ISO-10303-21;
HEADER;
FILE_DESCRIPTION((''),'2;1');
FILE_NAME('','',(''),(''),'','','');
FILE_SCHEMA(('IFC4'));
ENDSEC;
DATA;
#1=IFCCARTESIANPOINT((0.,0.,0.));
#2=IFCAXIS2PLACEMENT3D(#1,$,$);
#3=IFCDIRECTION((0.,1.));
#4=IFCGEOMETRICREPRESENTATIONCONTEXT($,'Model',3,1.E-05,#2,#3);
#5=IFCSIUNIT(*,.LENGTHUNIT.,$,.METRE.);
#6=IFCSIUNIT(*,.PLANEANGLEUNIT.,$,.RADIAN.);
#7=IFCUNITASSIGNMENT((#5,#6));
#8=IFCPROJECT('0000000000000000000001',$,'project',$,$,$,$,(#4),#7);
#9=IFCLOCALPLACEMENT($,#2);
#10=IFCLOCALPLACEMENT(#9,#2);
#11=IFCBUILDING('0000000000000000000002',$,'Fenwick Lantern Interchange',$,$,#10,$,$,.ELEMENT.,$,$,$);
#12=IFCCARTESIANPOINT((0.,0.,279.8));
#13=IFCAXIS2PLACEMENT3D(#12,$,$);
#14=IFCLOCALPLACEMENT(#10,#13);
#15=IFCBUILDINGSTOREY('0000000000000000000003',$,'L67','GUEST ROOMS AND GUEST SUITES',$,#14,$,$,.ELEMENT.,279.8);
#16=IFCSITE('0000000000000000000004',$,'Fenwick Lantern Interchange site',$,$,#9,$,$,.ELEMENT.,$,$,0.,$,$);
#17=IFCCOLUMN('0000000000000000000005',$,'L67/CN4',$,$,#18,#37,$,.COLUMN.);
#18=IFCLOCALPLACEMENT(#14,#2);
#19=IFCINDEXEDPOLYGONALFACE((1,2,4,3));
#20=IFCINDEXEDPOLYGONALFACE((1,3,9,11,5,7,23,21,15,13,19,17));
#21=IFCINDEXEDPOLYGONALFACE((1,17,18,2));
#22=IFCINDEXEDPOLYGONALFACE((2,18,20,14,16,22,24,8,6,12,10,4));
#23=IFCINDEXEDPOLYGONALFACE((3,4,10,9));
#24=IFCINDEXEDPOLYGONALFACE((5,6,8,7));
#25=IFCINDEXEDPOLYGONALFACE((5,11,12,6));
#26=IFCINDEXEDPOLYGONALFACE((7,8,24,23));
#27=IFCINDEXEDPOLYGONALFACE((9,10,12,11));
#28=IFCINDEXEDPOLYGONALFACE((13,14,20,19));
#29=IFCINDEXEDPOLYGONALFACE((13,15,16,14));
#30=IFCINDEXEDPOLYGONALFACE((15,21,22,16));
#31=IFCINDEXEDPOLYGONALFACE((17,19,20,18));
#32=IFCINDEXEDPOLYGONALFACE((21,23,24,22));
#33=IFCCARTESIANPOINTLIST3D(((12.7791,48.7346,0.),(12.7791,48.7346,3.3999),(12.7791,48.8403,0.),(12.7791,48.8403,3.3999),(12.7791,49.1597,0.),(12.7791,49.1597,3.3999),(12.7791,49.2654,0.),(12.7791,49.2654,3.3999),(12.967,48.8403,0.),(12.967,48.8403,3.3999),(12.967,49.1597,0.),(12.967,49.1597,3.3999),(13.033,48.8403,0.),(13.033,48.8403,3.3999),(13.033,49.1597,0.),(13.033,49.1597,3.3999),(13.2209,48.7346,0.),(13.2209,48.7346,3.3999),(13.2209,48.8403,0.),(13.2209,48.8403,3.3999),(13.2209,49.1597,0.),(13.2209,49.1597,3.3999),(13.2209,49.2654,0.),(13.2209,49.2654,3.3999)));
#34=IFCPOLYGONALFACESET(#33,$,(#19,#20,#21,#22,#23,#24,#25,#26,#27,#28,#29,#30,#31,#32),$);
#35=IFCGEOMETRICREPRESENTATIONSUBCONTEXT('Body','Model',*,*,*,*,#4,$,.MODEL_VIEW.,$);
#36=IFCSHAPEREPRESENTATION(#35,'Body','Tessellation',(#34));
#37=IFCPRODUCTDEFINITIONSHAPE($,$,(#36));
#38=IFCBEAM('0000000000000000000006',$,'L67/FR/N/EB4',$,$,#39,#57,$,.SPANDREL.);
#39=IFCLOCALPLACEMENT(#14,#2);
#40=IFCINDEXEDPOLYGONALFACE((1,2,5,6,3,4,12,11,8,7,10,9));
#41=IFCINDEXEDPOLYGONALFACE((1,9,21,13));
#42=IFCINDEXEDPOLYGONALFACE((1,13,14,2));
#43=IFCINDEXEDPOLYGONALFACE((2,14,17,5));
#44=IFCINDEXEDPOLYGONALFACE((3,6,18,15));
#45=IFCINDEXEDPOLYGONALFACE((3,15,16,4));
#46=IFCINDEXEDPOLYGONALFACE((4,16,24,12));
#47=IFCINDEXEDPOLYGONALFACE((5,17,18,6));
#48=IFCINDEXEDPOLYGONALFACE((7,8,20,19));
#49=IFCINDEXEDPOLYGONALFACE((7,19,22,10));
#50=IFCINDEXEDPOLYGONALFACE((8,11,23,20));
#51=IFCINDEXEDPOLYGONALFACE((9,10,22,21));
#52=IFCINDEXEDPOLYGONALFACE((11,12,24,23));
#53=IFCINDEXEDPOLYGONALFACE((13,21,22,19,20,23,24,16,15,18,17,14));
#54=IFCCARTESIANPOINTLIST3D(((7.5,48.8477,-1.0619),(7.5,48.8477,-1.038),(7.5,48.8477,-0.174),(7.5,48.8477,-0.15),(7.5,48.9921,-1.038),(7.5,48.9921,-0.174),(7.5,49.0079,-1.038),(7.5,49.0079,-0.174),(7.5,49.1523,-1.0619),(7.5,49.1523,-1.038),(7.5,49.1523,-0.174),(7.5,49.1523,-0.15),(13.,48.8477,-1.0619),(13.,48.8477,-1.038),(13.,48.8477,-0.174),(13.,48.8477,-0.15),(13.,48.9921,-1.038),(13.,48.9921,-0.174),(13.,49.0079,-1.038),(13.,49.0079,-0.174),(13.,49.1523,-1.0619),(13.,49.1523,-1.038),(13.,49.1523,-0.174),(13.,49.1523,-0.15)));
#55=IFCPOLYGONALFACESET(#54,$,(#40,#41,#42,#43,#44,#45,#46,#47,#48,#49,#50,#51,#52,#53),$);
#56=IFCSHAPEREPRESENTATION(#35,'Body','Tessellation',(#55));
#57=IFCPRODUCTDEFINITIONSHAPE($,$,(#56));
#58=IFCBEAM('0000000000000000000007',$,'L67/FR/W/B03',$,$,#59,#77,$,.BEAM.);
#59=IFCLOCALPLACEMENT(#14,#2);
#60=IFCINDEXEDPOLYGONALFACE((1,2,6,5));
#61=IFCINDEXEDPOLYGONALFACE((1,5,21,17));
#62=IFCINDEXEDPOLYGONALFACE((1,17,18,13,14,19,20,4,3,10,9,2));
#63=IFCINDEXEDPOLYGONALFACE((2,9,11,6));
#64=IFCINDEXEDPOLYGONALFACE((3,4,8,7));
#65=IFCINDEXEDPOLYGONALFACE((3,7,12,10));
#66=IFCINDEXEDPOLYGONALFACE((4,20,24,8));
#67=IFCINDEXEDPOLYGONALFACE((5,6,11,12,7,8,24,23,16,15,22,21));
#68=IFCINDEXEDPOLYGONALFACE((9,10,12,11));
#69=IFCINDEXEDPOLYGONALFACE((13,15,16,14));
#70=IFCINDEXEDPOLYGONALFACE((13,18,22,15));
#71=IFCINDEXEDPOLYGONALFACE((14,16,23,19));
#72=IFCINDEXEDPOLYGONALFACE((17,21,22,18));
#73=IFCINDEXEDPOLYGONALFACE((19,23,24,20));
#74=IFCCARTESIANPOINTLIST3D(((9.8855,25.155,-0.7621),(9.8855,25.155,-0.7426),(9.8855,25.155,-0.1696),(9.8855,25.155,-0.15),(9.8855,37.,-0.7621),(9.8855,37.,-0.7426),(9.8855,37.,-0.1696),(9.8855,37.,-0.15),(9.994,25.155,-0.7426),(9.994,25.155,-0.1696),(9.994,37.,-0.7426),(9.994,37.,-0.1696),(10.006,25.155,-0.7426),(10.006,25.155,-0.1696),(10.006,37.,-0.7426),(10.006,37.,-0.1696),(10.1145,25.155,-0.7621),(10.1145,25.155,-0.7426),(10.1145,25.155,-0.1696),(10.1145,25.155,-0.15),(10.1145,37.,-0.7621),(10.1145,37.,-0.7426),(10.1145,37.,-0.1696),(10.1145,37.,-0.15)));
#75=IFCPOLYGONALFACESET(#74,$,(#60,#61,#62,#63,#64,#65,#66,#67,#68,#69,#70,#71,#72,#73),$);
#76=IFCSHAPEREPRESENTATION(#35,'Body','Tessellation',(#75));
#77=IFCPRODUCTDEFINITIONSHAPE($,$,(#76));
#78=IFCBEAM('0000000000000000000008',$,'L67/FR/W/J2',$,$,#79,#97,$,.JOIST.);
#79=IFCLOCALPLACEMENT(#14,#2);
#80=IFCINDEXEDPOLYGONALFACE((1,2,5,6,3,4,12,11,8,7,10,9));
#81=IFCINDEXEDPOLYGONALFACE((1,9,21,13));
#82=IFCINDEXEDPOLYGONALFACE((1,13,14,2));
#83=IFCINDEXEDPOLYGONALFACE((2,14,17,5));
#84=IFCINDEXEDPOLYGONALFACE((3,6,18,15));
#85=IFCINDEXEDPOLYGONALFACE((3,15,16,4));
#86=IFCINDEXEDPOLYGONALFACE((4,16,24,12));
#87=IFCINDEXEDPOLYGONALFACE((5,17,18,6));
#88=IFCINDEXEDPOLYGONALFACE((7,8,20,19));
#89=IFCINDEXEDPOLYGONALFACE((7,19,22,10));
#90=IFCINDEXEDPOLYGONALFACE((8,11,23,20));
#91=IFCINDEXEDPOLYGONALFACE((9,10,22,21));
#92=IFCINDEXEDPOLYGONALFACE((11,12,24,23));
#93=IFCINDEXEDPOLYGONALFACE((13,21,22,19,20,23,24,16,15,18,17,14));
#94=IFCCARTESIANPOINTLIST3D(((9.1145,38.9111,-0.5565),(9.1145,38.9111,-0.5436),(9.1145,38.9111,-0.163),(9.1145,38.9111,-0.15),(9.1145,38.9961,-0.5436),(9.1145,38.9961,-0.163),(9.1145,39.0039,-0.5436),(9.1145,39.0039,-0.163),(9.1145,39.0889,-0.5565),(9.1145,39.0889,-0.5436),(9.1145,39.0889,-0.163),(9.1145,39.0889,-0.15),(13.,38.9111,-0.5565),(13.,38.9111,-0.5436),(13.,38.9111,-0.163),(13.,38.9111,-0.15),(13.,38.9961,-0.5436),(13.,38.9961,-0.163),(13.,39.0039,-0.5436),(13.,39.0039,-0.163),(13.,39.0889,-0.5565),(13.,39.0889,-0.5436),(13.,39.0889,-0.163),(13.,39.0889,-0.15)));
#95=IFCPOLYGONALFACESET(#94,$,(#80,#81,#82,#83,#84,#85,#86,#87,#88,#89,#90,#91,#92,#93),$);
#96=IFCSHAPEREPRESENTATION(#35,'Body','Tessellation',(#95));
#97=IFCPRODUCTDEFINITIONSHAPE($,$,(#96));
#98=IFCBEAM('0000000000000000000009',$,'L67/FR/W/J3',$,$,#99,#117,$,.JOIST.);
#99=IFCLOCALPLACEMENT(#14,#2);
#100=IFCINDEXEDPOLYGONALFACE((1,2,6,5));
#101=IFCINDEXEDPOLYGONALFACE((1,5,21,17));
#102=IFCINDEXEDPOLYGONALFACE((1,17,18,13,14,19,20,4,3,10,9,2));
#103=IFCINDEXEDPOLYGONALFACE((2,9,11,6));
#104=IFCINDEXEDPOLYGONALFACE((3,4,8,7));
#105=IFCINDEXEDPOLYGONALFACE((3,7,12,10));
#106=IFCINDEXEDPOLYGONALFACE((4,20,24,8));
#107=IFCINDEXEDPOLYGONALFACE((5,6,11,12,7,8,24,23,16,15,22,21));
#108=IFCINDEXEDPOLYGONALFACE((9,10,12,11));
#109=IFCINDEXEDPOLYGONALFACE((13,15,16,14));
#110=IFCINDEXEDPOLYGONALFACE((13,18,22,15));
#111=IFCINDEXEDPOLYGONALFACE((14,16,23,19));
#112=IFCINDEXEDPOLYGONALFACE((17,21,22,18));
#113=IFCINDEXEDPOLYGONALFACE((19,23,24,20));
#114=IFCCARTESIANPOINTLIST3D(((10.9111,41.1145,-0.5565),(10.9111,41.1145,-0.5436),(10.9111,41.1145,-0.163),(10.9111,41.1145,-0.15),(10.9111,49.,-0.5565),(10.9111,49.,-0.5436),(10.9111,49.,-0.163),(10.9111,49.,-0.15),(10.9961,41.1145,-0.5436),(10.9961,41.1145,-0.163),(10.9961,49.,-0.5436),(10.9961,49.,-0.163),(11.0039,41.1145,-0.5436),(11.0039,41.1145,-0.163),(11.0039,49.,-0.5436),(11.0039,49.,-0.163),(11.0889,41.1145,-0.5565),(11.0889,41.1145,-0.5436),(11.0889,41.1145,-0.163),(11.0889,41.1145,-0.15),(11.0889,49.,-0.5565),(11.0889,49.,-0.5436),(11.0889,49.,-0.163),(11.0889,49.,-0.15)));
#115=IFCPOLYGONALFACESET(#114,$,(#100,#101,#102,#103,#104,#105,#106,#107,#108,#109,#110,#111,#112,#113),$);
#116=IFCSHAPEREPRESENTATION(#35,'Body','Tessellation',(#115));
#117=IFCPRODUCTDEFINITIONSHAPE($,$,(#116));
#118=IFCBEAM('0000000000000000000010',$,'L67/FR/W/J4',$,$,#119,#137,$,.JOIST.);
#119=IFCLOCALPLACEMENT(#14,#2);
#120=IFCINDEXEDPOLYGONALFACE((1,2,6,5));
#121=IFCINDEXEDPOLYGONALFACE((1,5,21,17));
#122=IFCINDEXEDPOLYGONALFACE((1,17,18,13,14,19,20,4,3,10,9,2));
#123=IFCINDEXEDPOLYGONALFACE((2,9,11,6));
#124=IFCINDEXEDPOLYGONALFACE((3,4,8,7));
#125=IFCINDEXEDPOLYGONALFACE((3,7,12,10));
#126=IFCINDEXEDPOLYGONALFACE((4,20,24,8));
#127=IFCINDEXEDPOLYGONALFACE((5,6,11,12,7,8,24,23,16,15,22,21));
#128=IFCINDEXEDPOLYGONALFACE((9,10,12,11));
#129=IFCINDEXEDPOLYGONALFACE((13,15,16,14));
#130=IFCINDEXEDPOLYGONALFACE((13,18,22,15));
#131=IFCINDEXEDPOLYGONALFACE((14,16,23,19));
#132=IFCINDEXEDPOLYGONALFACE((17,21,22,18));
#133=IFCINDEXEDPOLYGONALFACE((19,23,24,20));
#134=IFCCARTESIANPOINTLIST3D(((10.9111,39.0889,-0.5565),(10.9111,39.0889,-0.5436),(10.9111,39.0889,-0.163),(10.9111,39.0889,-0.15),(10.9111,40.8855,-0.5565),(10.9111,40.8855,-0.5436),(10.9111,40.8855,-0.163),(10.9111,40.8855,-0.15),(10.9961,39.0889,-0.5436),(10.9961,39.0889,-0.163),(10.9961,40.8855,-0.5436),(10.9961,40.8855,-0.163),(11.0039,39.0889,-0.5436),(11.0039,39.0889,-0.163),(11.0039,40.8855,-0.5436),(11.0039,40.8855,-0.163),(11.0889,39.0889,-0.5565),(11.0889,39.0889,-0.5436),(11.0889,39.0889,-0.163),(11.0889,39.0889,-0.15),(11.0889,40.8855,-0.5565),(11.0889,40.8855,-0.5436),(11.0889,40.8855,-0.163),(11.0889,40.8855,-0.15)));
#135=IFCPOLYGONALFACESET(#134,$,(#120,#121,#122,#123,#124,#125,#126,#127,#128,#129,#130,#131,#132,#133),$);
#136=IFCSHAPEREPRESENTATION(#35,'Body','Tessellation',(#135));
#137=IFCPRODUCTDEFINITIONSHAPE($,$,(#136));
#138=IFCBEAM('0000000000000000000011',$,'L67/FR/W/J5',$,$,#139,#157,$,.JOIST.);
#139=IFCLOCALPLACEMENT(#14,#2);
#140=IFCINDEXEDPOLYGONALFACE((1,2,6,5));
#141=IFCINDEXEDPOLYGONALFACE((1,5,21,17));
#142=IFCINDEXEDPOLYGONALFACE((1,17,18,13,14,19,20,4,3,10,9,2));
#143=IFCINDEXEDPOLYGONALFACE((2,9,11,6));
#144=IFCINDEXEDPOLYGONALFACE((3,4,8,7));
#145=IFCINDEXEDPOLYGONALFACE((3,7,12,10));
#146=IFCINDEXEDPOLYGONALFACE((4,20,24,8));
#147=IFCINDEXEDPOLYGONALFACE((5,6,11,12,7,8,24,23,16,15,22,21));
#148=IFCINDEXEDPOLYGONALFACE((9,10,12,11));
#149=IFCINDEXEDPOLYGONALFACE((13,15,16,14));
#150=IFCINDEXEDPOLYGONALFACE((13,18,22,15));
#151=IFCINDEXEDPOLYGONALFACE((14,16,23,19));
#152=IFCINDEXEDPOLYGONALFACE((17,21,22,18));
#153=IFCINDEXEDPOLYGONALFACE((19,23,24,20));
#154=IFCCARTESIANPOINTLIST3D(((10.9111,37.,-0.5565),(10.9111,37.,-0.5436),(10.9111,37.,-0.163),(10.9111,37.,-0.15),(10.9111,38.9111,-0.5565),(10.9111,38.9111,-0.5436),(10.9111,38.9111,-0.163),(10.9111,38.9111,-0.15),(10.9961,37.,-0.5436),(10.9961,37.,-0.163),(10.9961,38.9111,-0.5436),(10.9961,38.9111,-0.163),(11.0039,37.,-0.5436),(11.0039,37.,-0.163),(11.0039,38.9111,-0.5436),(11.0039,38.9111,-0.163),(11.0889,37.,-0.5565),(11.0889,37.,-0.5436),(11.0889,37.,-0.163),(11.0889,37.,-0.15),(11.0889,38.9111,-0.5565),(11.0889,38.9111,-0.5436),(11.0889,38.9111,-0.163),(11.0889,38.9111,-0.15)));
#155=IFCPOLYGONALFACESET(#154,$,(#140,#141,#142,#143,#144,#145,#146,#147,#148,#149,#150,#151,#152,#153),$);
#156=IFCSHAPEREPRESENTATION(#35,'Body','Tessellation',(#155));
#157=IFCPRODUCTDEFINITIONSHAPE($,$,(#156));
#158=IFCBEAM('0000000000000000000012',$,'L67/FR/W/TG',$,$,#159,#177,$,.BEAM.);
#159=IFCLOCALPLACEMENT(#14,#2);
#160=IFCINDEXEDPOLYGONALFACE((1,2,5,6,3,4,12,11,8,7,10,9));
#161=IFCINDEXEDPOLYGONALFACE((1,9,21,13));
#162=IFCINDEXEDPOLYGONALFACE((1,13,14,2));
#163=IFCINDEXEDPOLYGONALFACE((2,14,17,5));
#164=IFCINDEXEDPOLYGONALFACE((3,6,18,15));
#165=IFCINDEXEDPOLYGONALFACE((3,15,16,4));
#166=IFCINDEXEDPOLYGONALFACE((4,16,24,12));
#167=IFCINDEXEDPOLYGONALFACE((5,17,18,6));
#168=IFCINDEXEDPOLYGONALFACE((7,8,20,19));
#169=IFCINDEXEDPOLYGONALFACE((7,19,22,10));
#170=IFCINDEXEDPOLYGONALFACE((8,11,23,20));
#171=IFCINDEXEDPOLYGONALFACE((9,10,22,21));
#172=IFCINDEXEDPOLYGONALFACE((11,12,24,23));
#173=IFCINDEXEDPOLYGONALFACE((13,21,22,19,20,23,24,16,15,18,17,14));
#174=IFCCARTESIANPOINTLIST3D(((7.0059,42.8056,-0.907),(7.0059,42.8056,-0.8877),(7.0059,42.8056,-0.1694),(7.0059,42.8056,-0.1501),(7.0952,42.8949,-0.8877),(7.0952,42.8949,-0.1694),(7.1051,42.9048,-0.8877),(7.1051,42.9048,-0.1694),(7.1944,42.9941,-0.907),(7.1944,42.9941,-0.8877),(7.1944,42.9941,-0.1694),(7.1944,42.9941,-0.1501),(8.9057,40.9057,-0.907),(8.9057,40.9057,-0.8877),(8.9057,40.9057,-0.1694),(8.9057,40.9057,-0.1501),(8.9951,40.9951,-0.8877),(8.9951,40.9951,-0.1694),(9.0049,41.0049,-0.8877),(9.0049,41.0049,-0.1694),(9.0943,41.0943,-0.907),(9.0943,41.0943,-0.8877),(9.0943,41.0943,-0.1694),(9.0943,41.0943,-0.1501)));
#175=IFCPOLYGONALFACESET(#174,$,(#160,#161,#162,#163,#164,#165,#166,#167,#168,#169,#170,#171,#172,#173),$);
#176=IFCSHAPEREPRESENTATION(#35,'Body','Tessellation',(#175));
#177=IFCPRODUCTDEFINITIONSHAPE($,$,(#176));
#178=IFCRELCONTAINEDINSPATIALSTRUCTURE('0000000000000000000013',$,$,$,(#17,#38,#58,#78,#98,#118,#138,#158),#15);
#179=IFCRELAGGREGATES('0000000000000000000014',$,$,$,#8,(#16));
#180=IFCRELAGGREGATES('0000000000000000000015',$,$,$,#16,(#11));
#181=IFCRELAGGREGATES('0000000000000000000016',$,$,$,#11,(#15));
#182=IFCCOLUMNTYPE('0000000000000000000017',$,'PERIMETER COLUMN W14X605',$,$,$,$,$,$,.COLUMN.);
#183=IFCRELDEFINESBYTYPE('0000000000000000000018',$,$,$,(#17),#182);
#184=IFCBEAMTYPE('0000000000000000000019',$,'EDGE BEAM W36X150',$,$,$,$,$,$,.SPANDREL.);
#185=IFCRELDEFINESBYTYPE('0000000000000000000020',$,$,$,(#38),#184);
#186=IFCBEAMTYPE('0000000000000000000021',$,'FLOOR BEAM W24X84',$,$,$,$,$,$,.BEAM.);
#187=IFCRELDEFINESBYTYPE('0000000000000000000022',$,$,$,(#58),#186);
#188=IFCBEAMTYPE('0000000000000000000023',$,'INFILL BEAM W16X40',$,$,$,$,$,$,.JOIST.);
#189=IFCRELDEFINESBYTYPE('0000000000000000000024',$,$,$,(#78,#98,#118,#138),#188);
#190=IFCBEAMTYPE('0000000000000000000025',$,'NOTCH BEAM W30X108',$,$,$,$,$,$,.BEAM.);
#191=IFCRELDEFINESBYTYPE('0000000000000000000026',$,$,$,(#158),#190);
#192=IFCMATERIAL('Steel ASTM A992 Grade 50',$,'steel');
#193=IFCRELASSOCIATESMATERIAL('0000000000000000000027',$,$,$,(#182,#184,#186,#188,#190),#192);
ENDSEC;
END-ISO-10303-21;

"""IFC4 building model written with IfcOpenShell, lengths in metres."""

from ifc_helpers import new_model, si_unit, direction, frame, origin, origin_2d, place, context, subcontext, project, spatial, i_section, extrude, material, material_profile, profile_set, type_object, element, save


model = new_model("IFC4")

# Units and contexts
model_context = context("Model", 3, precision=1e-05, world=origin(), true_north=direction((0.0, 1.0)))
body_context = subcontext(model_context, "Body", "Model", "MODEL_VIEW")
ifc_project = project(units=[si_unit("LENGTHUNIT", "METRE"), si_unit("PLANEANGLEUNIT", "RADIAN")], contexts=[model_context])

# Site, building, storey
site_placement = place(None, origin())
site = spatial("IfcSite", under=ifc_project, at=site_placement, Name="Fenwick Lantern Interchange site", CompositionType="ELEMENT", RefElevation=0.0)
building_placement = place(site_placement, origin())
building = spatial("IfcBuilding", under=site, at=building_placement, Name="Fenwick Lantern Interchange", CompositionType="ELEMENT")
storey_placement = place(building_placement, frame((0.0, 0.0, 279.8)))
storey = spatial("IfcBuildingStorey", under=building, at=storey_placement, Name="L67", Description="GUEST ROOMS AND GUEST SUITES", CompositionType="ELEMENT", Elevation=279.8)

# Column
ifc_material_1 = material(Name="Steel ASTM A992 Grade 50", Category="steel")
ifc_material_profile_1 = material_profile(ifc_material_1, i_section(OverallWidth=0.4419, OverallDepth=0.5308, WebThickness=0.0659, FlangeThickness=0.1057, at=origin_2d()), Name="W14X605")
ifc_profile_set_1 = profile_set([ifc_material_profile_1], Name="Steel ASTM A992 Grade 50")
column_type = type_object("IfcColumnType", Name="PERIMETER COLUMN W14X605", PredefinedType="COLUMN", material=ifc_profile_set_1)
column_placement = place(storey_placement, frame((13.0, 49.0, 0.0), z_axis=(0.0, 0.0, 1.0), x_axis=(1.0, 0.0, 0.0)))
element("IfcColumn", 1, at=column_placement, inside=storey, type_object=column_type, Name="L67/CN4", PredefinedType="COLUMN", context=body_context, shape_type="SweptSolid", body=[
    extrude(i_section(OverallWidth=0.4419, OverallDepth=0.5308, WebThickness=0.0659, FlangeThickness=0.1057, at=origin_2d()), origin(), (0.0, 0.0, 1.0), 3.3999),
])

# Beams
ifc_material_profile_2 = material_profile(ifc_material_1, i_section(OverallWidth=0.3047, OverallDepth=0.9119, WebThickness=0.0159, FlangeThickness=0.0239, at=origin_2d()), Name="W36X150")
ifc_profile_set_2 = profile_set([ifc_material_profile_2], Name="Steel ASTM A992 Grade 50")
beam_type_1 = type_object("IfcBeamType", Name="EDGE BEAM W36X150", PredefinedType="SPANDREL", material=ifc_profile_set_2)
beam_1_placement = place(storey_placement, frame((13.0, 49.0, -0.606), z_axis=(-1.0, 0.0, 0.0), x_axis=(0.0, -1.0, 0.0)))
element("IfcBeam", 2, at=beam_1_placement, inside=storey, type_object=beam_type_1, Name="L67/FR/N/EB4", PredefinedType="SPANDREL", context=body_context, shape_type="SweptSolid", body=[
    extrude(i_section(OverallWidth=0.3047, OverallDepth=0.9119, WebThickness=0.0159, FlangeThickness=0.0239, at=origin_2d()), origin(), (0.0, 0.0, 1.0), 5.5),
])
ifc_material_profile_3 = material_profile(ifc_material_1, i_section(OverallWidth=0.229, OverallDepth=0.6121, WebThickness=0.012, FlangeThickness=0.0195, at=origin_2d()), Name="W24X84")
ifc_profile_set_3 = profile_set([ifc_material_profile_3], Name="Steel ASTM A992 Grade 50")
beam_type_2 = type_object("IfcBeamType", Name="FLOOR BEAM W24X84", PredefinedType="BEAM", material=ifc_profile_set_3)
beam_2_placement = place(storey_placement, frame((10.0, 37.0, -0.4561), z_axis=(0.0, -1.0, 0.0), x_axis=(1.0, 0.0, 0.0)))
element("IfcBeam", 3, at=beam_2_placement, inside=storey, type_object=beam_type_2, Name="L67/FR/W/B03", PredefinedType="BEAM", context=body_context, shape_type="SweptSolid", body=[
    extrude(i_section(OverallWidth=0.229, OverallDepth=0.6121, WebThickness=0.012, FlangeThickness=0.0195, at=origin_2d()), origin(), (0.0, 0.0, 1.0), 11.845),
])
ifc_material_profile_4 = material_profile(ifc_material_1, i_section(OverallWidth=0.1777, OverallDepth=0.4065, WebThickness=0.0078, FlangeThickness=0.0129, at=origin_2d()), Name="W16X40")
ifc_profile_set_4 = profile_set([ifc_material_profile_4], Name="Steel ASTM A992 Grade 50")
beam_type_3 = type_object("IfcBeamType", Name="INFILL BEAM W16X40", PredefinedType="JOIST", material=ifc_profile_set_4)
beam_3_placement = place(storey_placement, frame((9.1145, 39.0, -0.3533), z_axis=(1.0, 0.0, 0.0), x_axis=(0.0, 1.0, 0.0)))
element("IfcBeam", 4, at=beam_3_placement, inside=storey, type_object=beam_type_3, Name="L67/FR/W/J2", PredefinedType="JOIST", context=body_context, shape_type="SweptSolid", body=[
    extrude(i_section(OverallWidth=0.1777, OverallDepth=0.4065, WebThickness=0.0078, FlangeThickness=0.0129, at=origin_2d()), origin(), (0.0, 0.0, 1.0), 3.8855),
])
beam_4_placement = place(storey_placement, frame((11.0, 49.0, -0.3533), z_axis=(0.0, -1.0, 0.0), x_axis=(1.0, 0.0, 0.0)))
element("IfcBeam", 5, at=beam_4_placement, inside=storey, type_object=beam_type_3, Name="L67/FR/W/J3", PredefinedType="JOIST", context=body_context, shape_type="SweptSolid", body=[
    extrude(i_section(OverallWidth=0.1777, OverallDepth=0.4065, WebThickness=0.0078, FlangeThickness=0.0129, at=origin_2d()), origin(), (0.0, 0.0, 1.0), 7.8855),
])
beam_5_placement = place(storey_placement, frame((11.0, 40.8855, -0.3533), z_axis=(0.0, -1.0, 0.0), x_axis=(1.0, 0.0, 0.0)))
element("IfcBeam", 6, at=beam_5_placement, inside=storey, type_object=beam_type_3, Name="L67/FR/W/J4", PredefinedType="JOIST", context=body_context, shape_type="SweptSolid", body=[
    extrude(i_section(OverallWidth=0.1777, OverallDepth=0.4065, WebThickness=0.0078, FlangeThickness=0.0129, at=origin_2d()), origin(), (0.0, 0.0, 1.0), 1.7966),
])
beam_6_placement = place(storey_placement, frame((11.0, 38.9111, -0.3533), z_axis=(0.0, -1.0, 0.0), x_axis=(1.0, 0.0, 0.0)))
element("IfcBeam", 7, at=beam_6_placement, inside=storey, type_object=beam_type_3, Name="L67/FR/W/J5", PredefinedType="JOIST", context=body_context, shape_type="SweptSolid", body=[
    extrude(i_section(OverallWidth=0.1777, OverallDepth=0.4065, WebThickness=0.0078, FlangeThickness=0.0129, at=origin_2d()), origin(), (0.0, 0.0, 1.0), 1.9111),
])
ifc_material_profile_5 = material_profile(ifc_material_1, i_section(OverallWidth=0.2666, OverallDepth=0.7568, WebThickness=0.0139, FlangeThickness=0.0193, at=origin_2d()), Name="W30X108")
ifc_profile_set_5 = profile_set([ifc_material_profile_5], Name="Steel ASTM A992 Grade 50")
beam_type_4 = type_object("IfcBeamType", Name="NOTCH BEAM W30X108", PredefinedType="BEAM", material=ifc_profile_set_5)
beam_7_placement = place(storey_placement, frame((9.0, 41.0, -0.5286), z_axis=(-0.707107, 0.707107, 0.0), x_axis=(-0.707107, -0.707107, 0.0)))
element("IfcBeam", 8, at=beam_7_placement, inside=storey, type_object=beam_type_4, Name="L67/FR/W/TG", PredefinedType="BEAM", context=body_context, shape_type="SweptSolid", body=[
    extrude(i_section(OverallWidth=0.2666, OverallDepth=0.7568, WebThickness=0.0139, FlangeThickness=0.0193, at=origin_2d()), origin(), (0.0, 0.0, 1.0), 2.6868),
])

save(model, "model.ifc")
